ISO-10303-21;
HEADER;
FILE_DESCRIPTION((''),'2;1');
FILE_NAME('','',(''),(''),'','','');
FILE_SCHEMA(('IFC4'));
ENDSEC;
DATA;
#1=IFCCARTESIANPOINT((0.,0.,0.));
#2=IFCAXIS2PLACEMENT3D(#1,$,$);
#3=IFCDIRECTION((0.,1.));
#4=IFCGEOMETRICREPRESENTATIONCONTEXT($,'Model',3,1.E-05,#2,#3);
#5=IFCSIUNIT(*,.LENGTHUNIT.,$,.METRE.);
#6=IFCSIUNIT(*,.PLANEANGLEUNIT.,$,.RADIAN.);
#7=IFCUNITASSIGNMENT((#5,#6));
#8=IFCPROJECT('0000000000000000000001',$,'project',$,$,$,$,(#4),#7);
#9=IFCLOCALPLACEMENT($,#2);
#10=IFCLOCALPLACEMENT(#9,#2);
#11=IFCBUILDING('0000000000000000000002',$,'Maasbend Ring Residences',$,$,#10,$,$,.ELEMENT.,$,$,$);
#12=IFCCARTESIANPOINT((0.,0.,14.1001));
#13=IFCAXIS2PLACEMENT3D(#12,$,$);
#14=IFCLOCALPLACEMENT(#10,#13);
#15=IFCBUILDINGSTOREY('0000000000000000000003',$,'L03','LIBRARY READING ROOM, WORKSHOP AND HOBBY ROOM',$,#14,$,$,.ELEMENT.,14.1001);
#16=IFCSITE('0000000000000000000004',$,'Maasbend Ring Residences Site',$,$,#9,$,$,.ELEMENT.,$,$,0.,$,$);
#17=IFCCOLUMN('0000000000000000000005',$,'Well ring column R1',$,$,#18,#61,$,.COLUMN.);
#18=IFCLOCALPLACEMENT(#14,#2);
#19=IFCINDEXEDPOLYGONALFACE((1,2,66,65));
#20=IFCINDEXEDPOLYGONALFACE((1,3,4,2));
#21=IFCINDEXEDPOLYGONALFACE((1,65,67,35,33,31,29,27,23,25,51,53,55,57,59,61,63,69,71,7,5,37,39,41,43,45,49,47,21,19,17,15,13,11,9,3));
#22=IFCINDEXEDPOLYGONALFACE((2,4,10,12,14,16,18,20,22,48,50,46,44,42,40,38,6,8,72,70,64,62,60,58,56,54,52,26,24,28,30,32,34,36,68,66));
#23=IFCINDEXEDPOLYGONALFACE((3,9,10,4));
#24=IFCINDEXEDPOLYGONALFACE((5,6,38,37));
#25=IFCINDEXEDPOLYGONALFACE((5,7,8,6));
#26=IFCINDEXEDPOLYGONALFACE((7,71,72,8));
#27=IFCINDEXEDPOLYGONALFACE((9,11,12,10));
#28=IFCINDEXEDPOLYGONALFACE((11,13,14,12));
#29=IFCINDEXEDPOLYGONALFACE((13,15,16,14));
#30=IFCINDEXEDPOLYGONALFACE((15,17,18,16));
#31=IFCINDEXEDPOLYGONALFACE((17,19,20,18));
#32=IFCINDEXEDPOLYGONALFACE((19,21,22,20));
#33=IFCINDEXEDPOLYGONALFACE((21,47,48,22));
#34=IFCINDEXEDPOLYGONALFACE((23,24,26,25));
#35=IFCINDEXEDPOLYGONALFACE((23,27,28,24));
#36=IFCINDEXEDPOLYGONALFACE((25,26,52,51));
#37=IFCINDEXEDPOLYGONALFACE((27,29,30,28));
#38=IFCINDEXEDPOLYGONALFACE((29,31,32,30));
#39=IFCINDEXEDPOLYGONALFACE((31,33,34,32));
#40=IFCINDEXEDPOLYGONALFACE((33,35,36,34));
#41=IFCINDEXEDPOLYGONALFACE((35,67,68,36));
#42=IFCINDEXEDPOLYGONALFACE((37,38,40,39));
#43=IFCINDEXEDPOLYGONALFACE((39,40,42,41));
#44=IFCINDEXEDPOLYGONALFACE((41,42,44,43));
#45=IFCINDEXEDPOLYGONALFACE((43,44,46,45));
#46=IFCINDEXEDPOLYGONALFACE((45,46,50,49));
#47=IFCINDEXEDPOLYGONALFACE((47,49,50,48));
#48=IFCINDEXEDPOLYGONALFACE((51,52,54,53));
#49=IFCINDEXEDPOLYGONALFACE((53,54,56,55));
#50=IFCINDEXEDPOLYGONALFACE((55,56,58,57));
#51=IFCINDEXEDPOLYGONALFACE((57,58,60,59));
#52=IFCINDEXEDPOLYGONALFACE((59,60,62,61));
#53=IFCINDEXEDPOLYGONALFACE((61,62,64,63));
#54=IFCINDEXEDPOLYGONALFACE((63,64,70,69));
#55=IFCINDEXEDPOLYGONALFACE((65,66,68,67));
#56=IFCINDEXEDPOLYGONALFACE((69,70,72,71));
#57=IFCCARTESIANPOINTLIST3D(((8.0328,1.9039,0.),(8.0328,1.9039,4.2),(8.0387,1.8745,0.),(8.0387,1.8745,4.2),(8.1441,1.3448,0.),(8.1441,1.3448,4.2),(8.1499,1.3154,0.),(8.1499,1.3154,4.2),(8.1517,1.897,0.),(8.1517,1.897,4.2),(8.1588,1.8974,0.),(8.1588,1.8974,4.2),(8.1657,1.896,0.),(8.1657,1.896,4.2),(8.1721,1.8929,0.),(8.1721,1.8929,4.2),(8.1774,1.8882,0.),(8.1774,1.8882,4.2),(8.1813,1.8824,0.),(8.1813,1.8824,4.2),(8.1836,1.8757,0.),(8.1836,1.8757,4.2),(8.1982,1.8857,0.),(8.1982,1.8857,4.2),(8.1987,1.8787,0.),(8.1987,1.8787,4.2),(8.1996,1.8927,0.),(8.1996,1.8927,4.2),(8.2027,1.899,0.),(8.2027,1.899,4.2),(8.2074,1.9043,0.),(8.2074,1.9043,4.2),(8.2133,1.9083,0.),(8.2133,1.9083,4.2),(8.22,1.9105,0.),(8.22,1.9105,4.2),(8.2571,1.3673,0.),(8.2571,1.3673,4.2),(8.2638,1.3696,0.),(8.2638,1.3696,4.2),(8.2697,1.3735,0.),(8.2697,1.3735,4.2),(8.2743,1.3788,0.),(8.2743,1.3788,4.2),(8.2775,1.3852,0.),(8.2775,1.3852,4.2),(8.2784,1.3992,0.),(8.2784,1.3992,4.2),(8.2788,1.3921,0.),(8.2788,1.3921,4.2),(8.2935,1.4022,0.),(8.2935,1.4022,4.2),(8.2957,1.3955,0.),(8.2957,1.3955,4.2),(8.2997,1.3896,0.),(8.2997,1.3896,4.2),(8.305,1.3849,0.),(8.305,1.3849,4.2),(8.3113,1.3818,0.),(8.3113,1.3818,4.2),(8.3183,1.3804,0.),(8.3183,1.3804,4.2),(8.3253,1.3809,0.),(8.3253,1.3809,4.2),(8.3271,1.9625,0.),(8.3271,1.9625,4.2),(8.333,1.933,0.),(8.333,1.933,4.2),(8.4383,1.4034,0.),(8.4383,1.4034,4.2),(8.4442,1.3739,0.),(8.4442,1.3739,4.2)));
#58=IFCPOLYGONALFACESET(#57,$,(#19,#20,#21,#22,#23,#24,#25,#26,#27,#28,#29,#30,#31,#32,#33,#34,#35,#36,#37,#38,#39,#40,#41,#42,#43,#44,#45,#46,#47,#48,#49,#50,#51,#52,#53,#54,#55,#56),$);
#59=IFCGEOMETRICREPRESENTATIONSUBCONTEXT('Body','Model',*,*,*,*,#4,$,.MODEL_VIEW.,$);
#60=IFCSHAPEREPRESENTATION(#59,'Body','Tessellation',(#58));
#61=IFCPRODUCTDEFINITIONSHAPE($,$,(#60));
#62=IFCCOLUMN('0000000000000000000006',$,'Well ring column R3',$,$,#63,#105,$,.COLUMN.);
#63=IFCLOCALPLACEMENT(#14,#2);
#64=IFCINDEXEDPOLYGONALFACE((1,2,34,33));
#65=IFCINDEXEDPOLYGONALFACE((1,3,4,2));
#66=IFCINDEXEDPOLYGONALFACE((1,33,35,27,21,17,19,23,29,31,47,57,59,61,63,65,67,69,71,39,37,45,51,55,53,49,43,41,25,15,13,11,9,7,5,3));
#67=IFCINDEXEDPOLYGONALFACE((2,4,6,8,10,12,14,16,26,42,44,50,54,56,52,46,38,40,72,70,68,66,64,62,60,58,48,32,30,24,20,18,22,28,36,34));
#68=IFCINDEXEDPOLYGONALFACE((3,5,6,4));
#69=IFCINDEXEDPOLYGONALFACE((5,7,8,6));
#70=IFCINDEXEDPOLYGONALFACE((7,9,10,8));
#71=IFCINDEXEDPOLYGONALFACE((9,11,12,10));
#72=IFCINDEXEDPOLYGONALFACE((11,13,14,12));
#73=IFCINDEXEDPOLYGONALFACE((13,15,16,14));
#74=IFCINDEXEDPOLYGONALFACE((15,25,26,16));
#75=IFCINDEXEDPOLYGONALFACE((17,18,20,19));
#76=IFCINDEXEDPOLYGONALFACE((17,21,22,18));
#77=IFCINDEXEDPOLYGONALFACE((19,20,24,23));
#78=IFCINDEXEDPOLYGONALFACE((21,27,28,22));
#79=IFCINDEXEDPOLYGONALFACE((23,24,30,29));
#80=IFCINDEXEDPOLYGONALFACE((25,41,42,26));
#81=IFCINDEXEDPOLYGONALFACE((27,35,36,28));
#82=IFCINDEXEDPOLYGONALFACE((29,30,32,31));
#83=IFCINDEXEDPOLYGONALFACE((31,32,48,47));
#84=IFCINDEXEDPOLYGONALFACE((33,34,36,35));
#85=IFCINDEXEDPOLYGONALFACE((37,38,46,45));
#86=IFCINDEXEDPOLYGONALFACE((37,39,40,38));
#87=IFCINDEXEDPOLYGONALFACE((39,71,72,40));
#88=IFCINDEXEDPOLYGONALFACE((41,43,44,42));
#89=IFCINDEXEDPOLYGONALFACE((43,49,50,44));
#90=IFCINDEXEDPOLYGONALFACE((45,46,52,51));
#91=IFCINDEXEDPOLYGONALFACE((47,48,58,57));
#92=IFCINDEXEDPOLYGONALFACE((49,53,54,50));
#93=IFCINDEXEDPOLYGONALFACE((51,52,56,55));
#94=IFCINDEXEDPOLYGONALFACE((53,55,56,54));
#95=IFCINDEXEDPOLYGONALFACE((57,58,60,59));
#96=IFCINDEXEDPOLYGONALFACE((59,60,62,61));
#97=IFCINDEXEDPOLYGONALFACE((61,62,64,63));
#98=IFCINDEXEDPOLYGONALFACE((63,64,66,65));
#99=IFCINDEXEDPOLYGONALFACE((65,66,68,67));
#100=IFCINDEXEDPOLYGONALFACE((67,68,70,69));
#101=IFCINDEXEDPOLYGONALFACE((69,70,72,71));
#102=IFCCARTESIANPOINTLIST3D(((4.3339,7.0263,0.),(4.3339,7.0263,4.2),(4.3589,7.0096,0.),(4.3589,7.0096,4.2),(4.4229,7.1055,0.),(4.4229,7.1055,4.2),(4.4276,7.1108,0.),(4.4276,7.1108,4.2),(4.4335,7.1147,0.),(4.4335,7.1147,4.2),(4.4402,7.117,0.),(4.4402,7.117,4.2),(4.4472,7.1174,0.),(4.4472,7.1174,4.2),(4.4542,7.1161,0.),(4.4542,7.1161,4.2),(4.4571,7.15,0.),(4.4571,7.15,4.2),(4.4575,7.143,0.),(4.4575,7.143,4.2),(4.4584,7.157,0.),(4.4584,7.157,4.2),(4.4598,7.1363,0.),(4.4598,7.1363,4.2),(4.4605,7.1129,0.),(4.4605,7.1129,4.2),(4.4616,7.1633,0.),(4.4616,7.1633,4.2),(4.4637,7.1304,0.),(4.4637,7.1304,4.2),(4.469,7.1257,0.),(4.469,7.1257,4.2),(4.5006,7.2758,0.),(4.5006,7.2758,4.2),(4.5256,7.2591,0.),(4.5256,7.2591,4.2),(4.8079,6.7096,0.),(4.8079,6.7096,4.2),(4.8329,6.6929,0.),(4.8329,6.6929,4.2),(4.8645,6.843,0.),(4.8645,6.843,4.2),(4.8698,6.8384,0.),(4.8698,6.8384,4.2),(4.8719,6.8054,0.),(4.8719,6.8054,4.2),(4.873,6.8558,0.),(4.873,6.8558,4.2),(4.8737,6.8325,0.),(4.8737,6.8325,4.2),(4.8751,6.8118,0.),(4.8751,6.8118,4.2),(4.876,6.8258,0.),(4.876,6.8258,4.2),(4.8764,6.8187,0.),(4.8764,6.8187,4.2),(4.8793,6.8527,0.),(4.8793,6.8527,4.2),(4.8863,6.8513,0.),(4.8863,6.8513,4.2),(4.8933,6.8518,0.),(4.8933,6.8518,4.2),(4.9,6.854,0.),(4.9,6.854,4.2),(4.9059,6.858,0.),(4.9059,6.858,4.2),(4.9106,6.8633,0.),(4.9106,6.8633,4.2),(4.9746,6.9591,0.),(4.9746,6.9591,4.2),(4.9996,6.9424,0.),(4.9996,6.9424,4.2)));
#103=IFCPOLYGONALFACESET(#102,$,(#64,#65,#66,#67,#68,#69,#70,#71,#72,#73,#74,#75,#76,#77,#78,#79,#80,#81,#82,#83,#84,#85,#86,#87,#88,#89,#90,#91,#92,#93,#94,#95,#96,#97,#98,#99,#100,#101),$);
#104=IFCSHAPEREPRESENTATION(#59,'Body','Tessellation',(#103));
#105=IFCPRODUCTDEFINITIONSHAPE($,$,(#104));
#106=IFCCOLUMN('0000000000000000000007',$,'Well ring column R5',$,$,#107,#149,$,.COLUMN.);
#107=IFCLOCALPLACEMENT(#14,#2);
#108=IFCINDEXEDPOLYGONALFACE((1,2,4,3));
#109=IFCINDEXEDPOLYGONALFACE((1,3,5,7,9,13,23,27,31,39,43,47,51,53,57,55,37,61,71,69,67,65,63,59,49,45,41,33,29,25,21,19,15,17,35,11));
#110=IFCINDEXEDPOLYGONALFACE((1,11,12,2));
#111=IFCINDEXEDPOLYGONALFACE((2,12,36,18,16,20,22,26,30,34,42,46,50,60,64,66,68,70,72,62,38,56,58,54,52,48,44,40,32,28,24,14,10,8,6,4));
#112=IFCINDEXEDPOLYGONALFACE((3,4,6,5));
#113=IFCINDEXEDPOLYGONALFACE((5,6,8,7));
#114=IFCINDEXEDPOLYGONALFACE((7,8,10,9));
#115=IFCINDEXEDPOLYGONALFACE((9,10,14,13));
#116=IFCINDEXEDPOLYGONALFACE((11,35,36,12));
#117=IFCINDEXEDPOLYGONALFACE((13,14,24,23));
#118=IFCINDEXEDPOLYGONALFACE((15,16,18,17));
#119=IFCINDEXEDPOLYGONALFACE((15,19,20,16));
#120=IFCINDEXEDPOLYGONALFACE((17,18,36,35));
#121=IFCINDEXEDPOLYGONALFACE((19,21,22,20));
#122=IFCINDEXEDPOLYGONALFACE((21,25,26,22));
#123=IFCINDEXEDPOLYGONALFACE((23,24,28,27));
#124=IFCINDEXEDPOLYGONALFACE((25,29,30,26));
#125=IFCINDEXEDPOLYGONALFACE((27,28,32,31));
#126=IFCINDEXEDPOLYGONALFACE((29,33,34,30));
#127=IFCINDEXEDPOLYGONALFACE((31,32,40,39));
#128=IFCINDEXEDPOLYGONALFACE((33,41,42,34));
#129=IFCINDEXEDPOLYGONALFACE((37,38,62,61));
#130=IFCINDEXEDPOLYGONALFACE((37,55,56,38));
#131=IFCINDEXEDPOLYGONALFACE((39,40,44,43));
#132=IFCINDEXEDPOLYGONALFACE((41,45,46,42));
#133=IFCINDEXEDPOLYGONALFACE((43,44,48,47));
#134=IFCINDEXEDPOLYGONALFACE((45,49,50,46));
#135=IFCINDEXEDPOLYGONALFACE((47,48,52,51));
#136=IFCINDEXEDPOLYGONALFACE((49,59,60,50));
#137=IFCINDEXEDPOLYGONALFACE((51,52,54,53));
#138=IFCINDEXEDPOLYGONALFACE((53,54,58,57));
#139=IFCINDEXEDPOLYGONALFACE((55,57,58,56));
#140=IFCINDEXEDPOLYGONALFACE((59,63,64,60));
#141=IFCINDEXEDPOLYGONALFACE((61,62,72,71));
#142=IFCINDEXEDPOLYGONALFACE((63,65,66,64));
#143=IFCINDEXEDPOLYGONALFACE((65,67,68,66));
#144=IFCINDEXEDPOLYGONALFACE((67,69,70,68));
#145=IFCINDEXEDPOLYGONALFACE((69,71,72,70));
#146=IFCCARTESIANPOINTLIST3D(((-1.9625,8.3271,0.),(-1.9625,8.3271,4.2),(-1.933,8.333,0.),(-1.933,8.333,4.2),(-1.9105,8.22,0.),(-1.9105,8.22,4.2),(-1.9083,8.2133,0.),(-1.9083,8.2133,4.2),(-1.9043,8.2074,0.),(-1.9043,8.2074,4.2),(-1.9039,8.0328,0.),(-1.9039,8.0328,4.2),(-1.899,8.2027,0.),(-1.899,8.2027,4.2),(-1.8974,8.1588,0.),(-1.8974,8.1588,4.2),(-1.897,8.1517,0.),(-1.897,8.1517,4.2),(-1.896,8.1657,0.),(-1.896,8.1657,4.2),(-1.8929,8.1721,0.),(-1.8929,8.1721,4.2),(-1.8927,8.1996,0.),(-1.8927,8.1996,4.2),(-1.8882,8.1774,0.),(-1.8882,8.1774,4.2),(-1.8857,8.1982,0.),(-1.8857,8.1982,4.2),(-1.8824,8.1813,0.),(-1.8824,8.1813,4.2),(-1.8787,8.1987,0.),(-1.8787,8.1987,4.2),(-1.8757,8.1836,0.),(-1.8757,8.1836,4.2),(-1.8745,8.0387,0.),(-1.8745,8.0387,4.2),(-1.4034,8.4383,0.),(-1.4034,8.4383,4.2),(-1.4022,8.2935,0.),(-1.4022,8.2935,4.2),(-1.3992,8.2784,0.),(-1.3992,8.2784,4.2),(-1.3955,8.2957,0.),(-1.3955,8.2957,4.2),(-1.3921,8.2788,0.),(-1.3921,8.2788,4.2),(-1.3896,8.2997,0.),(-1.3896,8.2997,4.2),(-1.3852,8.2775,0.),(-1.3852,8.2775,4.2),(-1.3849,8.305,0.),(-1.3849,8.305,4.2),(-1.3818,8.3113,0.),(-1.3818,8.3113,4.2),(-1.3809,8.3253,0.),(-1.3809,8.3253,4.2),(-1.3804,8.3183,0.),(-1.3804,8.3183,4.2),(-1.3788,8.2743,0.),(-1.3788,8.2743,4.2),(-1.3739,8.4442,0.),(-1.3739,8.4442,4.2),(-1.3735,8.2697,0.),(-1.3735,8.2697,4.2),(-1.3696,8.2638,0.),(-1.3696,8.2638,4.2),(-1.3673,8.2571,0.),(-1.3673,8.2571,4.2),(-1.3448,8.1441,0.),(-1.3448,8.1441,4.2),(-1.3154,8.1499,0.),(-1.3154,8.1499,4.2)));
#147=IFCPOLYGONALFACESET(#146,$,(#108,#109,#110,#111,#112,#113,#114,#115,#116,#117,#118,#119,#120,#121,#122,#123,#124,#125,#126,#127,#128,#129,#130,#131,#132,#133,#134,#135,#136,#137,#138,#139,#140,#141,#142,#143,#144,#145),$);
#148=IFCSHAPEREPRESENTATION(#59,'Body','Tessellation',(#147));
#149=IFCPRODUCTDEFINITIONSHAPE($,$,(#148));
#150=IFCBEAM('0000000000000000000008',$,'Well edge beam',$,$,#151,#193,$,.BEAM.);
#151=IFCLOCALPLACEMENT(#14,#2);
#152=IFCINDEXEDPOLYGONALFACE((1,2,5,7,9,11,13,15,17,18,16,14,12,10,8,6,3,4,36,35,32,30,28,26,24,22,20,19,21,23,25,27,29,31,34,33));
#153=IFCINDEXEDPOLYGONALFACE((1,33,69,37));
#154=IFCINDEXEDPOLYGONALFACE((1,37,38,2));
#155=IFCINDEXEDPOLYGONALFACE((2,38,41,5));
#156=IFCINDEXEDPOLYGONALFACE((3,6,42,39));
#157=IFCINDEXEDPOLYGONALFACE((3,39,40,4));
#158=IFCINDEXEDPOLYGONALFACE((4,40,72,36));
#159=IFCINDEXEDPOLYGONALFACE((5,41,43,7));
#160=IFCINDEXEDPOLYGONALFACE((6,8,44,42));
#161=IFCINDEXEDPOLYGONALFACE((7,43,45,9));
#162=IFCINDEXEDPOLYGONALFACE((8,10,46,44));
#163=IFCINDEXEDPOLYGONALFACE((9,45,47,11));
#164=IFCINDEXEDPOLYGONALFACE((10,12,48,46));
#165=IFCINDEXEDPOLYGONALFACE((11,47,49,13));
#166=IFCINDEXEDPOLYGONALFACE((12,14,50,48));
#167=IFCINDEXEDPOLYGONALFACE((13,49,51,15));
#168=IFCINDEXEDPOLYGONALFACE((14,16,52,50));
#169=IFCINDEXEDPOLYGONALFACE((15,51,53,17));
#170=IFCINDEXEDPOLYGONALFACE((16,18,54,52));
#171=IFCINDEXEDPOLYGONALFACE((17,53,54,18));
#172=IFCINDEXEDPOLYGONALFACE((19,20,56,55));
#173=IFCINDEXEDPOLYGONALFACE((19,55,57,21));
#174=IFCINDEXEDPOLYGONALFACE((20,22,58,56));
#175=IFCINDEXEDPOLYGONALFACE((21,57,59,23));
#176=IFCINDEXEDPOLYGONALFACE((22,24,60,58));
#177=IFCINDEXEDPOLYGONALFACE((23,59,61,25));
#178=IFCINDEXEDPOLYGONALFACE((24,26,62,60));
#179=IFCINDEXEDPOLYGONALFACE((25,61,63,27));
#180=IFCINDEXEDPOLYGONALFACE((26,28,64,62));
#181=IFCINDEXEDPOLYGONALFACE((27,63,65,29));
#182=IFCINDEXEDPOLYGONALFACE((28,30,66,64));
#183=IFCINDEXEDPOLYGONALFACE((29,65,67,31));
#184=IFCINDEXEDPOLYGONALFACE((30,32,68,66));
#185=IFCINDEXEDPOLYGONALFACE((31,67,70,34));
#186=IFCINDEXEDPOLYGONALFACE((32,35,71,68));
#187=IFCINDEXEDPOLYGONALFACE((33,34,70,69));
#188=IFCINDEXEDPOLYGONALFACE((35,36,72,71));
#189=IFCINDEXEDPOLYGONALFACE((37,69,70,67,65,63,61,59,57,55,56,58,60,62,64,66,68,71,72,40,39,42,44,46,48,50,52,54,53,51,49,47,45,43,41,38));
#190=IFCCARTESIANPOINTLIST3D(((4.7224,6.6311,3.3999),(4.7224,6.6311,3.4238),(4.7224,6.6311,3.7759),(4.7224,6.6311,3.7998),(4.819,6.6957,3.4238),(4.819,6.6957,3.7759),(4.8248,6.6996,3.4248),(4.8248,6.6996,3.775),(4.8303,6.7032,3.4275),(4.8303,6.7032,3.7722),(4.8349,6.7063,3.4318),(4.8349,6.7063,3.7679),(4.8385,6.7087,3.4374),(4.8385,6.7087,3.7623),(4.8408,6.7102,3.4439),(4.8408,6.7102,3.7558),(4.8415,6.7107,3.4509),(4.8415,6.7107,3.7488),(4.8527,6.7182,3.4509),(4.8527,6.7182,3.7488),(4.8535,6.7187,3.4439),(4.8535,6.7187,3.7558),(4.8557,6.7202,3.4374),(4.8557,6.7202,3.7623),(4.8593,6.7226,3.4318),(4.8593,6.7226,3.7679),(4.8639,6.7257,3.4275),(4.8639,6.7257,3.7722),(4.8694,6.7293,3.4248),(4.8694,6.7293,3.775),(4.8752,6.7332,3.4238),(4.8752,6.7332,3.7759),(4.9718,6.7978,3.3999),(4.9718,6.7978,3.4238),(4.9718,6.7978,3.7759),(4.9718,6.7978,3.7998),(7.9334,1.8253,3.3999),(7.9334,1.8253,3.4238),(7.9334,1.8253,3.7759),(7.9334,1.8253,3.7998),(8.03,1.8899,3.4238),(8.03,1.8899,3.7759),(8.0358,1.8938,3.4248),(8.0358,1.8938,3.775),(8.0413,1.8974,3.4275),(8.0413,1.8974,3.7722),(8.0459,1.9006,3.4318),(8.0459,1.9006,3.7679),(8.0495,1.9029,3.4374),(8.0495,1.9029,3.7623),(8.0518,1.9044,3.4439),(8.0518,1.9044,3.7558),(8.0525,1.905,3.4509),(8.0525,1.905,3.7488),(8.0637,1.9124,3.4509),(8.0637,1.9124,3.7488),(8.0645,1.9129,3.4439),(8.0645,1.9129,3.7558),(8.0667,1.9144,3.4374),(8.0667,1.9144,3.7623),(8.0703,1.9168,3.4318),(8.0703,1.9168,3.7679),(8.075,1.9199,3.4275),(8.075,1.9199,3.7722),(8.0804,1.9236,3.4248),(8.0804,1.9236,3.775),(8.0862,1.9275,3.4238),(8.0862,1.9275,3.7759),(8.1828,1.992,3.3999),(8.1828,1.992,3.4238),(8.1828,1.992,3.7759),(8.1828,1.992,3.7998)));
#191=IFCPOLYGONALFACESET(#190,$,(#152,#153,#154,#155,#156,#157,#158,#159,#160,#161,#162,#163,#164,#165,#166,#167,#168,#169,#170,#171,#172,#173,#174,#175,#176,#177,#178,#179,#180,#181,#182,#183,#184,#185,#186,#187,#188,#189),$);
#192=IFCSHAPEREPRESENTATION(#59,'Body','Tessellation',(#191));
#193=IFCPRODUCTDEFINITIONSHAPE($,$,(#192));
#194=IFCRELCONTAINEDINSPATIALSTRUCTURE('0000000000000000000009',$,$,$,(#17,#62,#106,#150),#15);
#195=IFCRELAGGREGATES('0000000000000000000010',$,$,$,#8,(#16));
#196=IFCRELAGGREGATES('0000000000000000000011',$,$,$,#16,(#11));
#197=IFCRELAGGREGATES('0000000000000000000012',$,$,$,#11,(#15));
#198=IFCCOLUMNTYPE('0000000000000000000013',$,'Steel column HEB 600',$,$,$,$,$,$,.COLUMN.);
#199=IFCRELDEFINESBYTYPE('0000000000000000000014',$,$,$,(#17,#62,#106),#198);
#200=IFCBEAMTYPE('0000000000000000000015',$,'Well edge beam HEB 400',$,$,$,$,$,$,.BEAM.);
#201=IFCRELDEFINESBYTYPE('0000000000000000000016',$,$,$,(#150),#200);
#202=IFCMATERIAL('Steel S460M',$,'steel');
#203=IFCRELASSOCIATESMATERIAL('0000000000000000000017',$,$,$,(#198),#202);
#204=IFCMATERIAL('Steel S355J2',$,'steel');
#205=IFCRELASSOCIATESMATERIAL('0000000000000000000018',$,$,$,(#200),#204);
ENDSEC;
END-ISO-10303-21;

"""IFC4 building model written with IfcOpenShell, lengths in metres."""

from ifc_helpers import new_model, si_unit, direction, frame, origin, origin_2d, place, context, subcontext, project, spatial, i_section, extrude, material, material_profile, profile_set, type_object, element, save


model = new_model("IFC4")

# Units and contexts
model_context = context("Model", 3, precision=1e-05, world=origin(), true_north=direction((0.0, 1.0)))
body_context = subcontext(model_context, "Body", "Model", "MODEL_VIEW")
ifc_project = project(units=[si_unit("LENGTHUNIT", "METRE"), si_unit("PLANEANGLEUNIT", "RADIAN")], contexts=[model_context])

# Site, building, storey
site_placement = place(None, origin())
site = spatial("IfcSite", under=ifc_project, at=site_placement, Name="Maasbend Ring Residences Site", CompositionType="ELEMENT", RefElevation=0.0)
building_placement = place(site_placement, origin())
building = spatial("IfcBuilding", under=site, at=building_placement, Name="Maasbend Ring Residences", CompositionType="ELEMENT")
storey_placement = place(building_placement, frame((0.0, 0.0, 14.1001)))
storey = spatial("IfcBuildingStorey", under=building, at=storey_placement, Name="L03", Description="LIBRARY READING ROOM, WORKSHOP AND HOBBY ROOM", CompositionType="ELEMENT", Elevation=14.1001)

# Columns
ifc_material_1 = material(Name="Steel S460M", Category="steel")
ifc_material_profile_1 = material_profile(ifc_material_1, i_section(OverallWidth=0.3, OverallDepth=0.6001, WebThickness=0.0154, FlangeThickness=0.03, FilletRadius=0.0271, at=origin_2d()), Name="HEB 600")
ifc_profile_set_1 = profile_set([ifc_material_profile_1], Name="Steel S460M")
column_type = type_object("IfcColumnType", Name="Steel column HEB 600", PredefinedType="COLUMN", material=ifc_profile_set_1)
for number, where, z_axis, x_axis, name in (
    (1, (8.2385, 1.6389, 0.0), (0.0, 0.0, 1.0), (0.980785, 0.19509, 0.0), "Well ring column R1"),
    (2, (4.6667, 6.9844, 0.0), (0.0, 0.0, 1.0), (0.55557, 0.83147, 0.0), "Well ring column R3"),
    (3, (-1.6389, 8.2385, 0.0), (0.0, 0.0, 1.0), (-0.19509, 0.980785, 0.0), "Well ring column R5"),
):
    element("IfcColumn", number, at=place(storey_placement, frame(where, z_axis=z_axis, x_axis=x_axis)), inside=storey, type_object=column_type, Name=name, PredefinedType="COLUMN", context=body_context, shape_type="SweptSolid", body=[
        extrude(i_section(OverallWidth=0.3, OverallDepth=0.6001, WebThickness=0.0154, FlangeThickness=0.03, FilletRadius=0.0271, at=origin_2d()), origin(), (0.0, 0.0, 1.0), 4.2),
    ])

# Beam
ifc_material_2 = material(Name="Steel S355J2", Category="steel")
ifc_material_profile_2 = material_profile(ifc_material_2, i_section(OverallWidth=0.3, OverallDepth=0.3999, WebThickness=0.0134, FlangeThickness=0.0239, FilletRadius=0.0271, at=origin_2d()), Name="HEB 400")
ifc_profile_set_2 = profile_set([ifc_material_profile_2], Name="Steel S355J2")
beam_type = type_object("IfcBeamType", Name="Well edge beam HEB 400", PredefinedType="BEAM", material=ifc_profile_set_2)
for number, where, z_axis, x_axis, name in (
    (4, (8.0581, 1.9087, 3.5999), (-0.555558, 0.831478, 0.0), (-0.831478, -0.555558, 0.0), "Well edge beam"),
):
    element("IfcBeam", number, at=place(storey_placement, frame(where, z_axis=z_axis, x_axis=x_axis)), inside=storey, type_object=beam_type, Name=name, PredefinedType="BEAM", context=body_context, shape_type="SweptSolid", body=[
        extrude(i_section(OverallWidth=0.3, OverallDepth=0.3999, WebThickness=0.0134, FlangeThickness=0.0239, FilletRadius=0.0271, at=origin_2d()), origin(), (0.0, 0.0, 1.0), 5.7798),
    ])

save(model, "model.ifc")
